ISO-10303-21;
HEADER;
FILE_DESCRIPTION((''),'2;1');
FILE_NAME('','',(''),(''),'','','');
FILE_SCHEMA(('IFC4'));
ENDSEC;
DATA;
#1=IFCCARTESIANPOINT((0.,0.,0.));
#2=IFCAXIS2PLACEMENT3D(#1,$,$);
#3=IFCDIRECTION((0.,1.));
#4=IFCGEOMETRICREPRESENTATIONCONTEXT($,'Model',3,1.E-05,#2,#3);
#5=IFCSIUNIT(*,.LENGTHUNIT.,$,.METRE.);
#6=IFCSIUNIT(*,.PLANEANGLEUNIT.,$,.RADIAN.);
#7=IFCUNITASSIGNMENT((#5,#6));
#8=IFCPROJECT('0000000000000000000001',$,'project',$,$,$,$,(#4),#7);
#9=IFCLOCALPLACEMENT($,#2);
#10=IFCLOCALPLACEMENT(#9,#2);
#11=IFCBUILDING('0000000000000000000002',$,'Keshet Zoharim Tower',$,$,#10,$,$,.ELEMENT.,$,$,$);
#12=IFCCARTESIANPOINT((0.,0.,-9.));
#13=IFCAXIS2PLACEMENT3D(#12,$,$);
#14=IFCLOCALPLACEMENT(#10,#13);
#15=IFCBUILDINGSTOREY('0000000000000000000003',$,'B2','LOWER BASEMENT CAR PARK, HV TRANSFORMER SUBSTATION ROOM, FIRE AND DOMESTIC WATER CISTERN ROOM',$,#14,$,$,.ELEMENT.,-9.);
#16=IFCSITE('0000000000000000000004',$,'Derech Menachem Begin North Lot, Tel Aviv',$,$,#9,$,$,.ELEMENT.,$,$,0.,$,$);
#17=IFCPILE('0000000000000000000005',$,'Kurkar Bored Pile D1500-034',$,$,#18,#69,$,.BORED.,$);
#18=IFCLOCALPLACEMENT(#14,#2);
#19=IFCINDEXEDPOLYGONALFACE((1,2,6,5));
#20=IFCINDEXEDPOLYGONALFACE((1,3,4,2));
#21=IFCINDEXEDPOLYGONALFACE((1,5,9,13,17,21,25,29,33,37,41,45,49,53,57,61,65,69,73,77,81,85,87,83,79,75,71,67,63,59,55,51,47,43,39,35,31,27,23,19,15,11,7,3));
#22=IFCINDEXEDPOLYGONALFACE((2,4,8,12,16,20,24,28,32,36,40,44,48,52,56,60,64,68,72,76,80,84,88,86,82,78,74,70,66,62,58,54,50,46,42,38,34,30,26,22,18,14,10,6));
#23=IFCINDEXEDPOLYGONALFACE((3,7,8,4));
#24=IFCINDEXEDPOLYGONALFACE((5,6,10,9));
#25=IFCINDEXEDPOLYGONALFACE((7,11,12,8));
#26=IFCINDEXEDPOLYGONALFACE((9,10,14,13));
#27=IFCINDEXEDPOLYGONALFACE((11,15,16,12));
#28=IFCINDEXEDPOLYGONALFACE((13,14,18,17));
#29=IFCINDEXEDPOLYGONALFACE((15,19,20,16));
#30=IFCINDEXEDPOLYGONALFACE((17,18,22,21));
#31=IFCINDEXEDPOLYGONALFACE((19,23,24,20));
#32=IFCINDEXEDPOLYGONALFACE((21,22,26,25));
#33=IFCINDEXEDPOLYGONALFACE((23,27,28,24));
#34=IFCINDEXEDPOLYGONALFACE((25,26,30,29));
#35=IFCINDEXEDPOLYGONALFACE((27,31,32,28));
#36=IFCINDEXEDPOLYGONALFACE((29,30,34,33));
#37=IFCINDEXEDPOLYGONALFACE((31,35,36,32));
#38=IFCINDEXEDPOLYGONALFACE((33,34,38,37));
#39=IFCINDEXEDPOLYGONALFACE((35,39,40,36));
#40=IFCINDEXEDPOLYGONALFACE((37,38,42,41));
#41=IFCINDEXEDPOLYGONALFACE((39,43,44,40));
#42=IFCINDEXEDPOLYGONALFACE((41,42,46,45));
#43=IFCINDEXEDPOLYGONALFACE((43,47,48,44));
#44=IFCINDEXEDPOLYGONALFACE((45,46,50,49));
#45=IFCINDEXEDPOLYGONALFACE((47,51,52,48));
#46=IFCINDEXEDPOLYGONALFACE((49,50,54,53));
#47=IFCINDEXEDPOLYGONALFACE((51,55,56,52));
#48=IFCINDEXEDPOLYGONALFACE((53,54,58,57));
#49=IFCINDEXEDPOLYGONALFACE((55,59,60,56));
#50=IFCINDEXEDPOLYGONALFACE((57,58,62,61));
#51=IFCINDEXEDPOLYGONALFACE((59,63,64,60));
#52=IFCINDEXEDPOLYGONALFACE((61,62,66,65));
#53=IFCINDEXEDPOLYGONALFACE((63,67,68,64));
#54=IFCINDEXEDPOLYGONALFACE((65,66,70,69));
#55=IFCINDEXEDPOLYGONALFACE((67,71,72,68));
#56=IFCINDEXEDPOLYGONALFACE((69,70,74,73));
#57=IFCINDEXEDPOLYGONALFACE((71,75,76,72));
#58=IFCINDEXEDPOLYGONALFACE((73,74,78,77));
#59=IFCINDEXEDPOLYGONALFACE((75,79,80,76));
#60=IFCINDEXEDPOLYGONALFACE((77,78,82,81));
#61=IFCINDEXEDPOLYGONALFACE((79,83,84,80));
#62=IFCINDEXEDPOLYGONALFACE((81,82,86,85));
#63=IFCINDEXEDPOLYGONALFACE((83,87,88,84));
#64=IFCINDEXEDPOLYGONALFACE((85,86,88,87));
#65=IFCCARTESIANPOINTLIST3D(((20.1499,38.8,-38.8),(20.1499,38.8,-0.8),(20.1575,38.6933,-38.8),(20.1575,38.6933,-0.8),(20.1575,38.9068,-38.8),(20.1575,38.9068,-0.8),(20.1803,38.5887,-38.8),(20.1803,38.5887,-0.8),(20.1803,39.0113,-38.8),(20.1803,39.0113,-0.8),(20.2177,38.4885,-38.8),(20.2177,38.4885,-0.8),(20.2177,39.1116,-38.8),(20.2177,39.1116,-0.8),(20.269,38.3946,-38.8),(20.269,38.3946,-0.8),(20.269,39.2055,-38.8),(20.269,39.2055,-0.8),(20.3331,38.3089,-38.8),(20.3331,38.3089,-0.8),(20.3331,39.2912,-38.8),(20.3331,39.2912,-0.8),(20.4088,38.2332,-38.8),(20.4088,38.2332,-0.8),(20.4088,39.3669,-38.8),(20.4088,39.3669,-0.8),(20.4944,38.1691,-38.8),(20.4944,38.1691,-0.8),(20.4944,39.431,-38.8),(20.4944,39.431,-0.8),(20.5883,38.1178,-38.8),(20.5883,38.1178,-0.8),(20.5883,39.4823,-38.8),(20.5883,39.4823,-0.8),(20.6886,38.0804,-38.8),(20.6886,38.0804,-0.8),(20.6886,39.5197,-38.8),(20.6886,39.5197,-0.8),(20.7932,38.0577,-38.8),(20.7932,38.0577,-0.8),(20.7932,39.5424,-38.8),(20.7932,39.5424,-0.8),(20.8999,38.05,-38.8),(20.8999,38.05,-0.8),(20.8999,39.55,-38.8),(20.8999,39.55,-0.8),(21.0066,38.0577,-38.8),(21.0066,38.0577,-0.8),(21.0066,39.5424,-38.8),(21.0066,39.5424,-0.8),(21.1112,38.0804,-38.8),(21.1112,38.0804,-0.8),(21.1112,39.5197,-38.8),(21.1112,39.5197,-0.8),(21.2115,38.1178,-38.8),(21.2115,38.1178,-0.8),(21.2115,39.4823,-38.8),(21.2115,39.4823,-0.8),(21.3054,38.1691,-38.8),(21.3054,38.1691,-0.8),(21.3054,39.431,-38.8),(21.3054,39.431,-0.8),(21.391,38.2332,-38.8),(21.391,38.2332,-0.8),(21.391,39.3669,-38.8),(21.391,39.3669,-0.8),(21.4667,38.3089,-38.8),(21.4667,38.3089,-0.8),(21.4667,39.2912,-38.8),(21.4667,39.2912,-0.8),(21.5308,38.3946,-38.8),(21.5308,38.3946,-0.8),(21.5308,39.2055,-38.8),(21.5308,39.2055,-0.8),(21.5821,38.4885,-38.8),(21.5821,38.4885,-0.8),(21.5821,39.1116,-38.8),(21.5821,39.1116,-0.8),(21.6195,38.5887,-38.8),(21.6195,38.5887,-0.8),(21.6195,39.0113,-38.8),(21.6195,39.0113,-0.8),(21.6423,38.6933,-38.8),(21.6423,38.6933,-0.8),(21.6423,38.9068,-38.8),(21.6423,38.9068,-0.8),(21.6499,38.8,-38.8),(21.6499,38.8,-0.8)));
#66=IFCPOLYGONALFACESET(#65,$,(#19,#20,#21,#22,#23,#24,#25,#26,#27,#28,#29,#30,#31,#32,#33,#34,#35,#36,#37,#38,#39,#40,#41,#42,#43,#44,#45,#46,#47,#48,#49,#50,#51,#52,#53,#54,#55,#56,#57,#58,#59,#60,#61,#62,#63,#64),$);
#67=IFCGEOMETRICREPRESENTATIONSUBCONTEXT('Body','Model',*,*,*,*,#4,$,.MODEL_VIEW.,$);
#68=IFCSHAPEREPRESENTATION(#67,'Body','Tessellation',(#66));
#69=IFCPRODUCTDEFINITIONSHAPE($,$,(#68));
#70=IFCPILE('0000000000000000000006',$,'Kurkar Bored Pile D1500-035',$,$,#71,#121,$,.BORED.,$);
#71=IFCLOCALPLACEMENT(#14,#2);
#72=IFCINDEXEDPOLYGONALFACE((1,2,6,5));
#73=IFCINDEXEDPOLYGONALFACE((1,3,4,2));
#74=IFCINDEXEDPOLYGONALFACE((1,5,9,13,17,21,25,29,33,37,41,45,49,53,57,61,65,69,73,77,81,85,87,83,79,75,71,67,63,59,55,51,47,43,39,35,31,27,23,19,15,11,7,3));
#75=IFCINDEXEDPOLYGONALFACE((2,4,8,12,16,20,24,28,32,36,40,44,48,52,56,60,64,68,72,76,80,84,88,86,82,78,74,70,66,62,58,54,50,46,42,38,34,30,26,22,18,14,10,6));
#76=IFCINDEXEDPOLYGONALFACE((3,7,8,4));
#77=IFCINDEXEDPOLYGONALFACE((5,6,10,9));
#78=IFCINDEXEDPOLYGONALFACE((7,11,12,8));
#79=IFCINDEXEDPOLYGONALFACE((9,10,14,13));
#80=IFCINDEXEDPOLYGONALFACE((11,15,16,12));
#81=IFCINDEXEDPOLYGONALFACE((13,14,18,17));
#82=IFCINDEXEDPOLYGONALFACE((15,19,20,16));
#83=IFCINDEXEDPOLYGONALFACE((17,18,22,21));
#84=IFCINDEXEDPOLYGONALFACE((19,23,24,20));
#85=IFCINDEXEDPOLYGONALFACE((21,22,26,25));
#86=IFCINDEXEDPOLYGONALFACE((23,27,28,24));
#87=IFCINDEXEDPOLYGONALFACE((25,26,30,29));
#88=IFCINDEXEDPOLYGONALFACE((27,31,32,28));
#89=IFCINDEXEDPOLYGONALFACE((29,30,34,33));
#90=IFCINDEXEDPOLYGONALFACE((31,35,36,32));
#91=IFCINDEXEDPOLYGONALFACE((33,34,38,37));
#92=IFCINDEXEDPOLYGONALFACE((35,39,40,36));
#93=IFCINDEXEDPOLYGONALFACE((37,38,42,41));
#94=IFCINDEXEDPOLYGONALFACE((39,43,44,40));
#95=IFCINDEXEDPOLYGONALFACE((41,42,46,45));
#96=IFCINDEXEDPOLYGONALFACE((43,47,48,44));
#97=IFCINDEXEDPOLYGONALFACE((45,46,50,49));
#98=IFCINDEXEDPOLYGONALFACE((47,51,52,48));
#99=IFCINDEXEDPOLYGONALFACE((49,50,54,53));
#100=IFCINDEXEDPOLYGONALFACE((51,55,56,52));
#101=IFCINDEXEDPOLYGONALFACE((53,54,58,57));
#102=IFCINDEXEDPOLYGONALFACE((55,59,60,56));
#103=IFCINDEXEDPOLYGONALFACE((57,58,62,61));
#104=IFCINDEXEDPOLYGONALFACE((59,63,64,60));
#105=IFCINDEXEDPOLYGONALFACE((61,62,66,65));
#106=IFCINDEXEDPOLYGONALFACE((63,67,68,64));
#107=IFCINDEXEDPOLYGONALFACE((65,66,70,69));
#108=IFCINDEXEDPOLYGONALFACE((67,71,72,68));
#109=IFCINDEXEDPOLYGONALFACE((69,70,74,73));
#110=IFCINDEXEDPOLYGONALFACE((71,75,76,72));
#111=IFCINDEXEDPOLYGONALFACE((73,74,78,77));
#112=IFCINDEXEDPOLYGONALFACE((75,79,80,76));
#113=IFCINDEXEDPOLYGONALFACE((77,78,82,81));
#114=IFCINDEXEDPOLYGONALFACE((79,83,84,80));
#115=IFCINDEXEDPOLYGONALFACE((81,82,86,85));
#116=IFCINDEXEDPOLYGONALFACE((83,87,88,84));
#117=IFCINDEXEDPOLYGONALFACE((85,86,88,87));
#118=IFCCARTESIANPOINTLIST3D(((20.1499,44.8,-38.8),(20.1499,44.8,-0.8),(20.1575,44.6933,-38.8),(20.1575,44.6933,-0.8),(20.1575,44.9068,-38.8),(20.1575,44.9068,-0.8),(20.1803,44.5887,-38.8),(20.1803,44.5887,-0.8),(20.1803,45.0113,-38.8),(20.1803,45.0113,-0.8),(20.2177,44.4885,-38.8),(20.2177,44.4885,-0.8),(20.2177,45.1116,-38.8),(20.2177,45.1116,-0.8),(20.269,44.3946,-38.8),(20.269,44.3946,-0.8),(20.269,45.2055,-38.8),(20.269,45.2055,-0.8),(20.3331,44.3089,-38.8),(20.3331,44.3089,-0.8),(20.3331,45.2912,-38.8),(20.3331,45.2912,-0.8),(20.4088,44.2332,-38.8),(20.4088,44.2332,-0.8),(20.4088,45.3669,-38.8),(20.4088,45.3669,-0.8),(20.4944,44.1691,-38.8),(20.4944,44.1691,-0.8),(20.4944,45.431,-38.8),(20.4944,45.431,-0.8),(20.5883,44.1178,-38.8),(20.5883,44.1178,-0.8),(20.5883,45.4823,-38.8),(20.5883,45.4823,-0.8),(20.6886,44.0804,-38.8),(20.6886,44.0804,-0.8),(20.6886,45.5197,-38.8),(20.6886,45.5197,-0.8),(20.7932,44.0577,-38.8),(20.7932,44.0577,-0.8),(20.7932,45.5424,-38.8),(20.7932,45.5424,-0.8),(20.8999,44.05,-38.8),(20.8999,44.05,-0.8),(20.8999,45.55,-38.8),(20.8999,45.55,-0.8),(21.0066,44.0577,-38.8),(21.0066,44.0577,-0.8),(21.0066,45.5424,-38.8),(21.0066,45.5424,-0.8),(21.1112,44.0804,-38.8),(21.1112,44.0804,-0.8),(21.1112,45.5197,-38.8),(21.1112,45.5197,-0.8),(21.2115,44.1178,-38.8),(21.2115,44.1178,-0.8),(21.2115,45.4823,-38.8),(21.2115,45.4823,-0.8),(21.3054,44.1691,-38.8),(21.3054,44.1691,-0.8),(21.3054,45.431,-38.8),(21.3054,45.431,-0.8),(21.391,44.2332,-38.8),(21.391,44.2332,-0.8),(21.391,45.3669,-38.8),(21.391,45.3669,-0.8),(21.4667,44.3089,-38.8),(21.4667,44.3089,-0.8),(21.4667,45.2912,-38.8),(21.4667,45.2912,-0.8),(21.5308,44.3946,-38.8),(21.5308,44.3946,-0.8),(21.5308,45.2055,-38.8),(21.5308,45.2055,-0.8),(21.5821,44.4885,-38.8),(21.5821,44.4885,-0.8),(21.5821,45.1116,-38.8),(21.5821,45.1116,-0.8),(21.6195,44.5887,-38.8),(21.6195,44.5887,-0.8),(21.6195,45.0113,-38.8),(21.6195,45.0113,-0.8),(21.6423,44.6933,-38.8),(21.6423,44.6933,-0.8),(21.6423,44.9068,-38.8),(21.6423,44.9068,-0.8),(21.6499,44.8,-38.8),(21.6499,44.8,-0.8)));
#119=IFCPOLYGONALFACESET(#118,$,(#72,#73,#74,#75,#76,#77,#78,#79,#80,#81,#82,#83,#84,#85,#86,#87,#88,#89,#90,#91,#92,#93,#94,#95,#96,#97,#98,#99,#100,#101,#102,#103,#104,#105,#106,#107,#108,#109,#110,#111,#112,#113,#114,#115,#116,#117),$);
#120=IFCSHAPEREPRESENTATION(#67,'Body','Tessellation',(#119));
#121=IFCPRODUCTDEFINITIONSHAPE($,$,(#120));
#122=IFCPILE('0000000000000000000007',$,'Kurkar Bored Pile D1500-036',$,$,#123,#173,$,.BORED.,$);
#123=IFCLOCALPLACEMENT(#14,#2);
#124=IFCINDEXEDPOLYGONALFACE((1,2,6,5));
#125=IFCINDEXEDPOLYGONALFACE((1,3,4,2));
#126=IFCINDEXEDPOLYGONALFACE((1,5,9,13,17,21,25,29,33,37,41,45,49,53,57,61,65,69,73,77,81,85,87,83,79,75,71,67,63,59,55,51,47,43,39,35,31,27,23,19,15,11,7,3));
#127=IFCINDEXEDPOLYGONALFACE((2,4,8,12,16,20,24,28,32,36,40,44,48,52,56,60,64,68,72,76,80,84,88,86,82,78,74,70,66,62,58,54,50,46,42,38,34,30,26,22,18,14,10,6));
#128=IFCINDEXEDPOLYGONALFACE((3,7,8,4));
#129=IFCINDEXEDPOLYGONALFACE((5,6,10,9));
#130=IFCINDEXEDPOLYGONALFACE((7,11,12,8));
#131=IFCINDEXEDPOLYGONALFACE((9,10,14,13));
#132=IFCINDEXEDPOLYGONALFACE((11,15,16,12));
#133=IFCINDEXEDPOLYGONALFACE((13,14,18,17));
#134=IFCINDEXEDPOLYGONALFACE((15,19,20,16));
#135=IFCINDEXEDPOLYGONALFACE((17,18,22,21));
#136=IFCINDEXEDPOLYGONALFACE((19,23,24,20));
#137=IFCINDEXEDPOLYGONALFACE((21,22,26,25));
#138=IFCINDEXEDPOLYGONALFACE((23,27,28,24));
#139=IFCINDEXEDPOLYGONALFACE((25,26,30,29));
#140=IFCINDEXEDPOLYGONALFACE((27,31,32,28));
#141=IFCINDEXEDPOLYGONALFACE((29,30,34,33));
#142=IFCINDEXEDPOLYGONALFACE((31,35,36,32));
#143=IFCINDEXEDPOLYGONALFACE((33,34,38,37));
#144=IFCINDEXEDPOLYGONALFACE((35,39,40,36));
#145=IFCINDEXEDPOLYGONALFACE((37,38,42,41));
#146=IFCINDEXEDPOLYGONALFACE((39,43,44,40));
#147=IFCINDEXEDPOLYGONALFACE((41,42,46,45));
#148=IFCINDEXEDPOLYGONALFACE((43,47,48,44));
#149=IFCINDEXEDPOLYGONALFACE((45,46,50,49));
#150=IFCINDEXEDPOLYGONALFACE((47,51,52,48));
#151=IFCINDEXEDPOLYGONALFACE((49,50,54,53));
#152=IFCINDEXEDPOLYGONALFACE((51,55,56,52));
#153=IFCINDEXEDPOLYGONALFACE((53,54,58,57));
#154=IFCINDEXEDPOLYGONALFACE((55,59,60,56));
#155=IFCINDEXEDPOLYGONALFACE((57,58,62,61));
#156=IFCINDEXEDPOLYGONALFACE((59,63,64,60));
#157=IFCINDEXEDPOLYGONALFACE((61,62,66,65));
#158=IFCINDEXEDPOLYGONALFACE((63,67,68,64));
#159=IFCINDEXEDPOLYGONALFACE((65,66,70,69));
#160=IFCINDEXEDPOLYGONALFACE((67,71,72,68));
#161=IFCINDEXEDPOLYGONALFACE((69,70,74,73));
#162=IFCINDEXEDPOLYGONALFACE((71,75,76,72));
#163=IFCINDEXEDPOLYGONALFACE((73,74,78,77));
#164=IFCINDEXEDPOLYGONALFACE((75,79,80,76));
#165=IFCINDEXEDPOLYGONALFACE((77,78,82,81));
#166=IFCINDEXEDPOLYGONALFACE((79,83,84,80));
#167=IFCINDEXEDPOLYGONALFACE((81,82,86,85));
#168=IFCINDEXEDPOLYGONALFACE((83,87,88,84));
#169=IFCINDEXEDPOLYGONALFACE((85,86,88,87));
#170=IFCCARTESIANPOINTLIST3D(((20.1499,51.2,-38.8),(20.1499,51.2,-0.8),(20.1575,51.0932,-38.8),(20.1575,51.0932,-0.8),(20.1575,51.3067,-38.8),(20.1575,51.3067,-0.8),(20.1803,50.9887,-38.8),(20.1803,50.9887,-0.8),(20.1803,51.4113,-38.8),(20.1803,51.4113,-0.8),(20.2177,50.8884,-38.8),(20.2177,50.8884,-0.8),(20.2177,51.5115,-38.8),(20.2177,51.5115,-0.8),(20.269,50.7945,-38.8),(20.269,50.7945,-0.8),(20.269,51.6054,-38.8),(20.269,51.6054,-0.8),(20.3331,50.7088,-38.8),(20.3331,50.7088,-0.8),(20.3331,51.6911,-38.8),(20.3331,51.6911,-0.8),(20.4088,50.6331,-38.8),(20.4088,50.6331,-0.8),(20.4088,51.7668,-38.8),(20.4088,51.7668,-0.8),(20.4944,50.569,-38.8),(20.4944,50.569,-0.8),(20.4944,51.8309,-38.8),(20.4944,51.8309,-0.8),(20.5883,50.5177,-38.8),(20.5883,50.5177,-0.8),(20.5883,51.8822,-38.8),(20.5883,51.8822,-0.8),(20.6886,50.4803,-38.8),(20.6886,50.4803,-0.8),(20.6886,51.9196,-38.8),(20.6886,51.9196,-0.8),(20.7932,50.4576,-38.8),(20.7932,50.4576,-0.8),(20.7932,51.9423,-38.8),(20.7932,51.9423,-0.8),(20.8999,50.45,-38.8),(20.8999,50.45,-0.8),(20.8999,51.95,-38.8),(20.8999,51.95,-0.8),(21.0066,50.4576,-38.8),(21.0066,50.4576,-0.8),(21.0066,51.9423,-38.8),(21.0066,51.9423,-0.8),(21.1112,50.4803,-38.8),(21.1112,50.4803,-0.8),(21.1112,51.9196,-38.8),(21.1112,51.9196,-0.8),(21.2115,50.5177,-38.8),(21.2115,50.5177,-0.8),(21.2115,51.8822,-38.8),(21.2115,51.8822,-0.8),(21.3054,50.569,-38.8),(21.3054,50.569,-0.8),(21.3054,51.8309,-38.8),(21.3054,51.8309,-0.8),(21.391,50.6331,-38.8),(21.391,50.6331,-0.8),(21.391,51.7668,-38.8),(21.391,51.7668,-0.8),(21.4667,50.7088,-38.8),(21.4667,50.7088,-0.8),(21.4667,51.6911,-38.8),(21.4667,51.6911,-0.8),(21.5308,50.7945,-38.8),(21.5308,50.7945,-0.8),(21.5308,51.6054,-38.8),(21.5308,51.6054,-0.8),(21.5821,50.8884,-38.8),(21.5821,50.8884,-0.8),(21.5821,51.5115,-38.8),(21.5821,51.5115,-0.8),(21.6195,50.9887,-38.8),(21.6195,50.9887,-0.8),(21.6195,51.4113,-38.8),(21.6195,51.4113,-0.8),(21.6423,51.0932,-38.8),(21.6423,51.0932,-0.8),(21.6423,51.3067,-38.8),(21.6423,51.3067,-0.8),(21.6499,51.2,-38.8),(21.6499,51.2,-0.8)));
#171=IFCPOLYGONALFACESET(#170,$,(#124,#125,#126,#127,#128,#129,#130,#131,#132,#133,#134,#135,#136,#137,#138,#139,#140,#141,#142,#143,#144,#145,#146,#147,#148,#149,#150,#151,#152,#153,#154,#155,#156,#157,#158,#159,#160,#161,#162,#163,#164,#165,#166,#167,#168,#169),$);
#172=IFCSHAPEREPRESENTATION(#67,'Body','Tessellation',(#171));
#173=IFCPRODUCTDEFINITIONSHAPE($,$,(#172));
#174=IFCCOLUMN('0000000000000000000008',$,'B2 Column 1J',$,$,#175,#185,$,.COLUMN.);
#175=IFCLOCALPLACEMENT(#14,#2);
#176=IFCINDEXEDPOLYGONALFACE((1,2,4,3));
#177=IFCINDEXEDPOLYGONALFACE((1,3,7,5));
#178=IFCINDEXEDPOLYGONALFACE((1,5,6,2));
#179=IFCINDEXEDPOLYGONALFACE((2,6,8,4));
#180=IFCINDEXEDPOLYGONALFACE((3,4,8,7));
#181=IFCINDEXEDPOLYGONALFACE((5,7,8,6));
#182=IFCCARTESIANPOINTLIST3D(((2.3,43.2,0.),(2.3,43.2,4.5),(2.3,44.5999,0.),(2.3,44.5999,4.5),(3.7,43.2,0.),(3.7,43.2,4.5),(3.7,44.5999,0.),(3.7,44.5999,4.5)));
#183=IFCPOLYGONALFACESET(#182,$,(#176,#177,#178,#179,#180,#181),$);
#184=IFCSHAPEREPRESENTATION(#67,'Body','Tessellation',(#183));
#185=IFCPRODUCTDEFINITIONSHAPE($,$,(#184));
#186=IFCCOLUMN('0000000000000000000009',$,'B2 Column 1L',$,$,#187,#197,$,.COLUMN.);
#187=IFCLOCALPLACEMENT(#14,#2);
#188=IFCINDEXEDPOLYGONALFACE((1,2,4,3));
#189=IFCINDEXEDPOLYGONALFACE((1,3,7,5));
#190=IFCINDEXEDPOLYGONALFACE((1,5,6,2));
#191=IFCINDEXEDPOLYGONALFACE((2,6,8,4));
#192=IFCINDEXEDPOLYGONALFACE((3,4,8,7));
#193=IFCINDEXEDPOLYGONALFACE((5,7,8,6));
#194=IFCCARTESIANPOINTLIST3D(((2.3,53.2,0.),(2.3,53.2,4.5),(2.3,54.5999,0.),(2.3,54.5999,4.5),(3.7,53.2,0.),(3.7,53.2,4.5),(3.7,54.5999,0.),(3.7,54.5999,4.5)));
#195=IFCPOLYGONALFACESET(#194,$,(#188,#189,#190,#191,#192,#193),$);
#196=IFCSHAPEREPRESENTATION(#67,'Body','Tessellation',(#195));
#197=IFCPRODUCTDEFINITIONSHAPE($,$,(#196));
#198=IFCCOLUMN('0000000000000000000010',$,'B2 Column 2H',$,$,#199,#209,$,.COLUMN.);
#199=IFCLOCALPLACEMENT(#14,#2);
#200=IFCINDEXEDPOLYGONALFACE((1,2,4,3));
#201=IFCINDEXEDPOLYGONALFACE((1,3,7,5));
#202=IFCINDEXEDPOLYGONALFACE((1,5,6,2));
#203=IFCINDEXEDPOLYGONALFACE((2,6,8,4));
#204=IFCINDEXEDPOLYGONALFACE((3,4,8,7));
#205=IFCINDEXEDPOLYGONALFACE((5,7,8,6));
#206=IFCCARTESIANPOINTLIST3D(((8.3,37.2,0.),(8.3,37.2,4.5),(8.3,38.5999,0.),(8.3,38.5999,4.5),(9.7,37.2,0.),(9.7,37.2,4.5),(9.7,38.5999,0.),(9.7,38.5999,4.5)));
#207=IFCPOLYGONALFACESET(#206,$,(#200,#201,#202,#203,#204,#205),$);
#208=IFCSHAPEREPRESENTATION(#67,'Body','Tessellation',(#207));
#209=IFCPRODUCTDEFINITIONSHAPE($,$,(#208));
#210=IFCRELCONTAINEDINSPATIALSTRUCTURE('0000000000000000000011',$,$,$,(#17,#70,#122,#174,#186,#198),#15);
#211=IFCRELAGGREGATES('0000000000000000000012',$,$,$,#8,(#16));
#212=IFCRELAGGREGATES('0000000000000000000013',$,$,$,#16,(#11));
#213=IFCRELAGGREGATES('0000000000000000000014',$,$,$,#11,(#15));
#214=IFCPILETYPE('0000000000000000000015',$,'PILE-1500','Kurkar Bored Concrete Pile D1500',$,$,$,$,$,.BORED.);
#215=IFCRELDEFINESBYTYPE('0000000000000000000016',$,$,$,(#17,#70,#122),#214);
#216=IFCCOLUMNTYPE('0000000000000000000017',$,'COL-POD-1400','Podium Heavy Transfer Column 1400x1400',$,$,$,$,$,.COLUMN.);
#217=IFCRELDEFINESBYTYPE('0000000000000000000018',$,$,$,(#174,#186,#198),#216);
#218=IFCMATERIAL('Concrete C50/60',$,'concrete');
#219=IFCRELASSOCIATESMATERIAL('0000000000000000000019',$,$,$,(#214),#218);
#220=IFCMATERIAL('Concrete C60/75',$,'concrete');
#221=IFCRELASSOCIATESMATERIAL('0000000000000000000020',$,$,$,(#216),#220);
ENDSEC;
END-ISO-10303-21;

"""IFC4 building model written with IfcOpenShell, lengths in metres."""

from ifc_helpers import new_model, si_unit, direction, frame, origin, origin_2d, place, context, subcontext, project, spatial, rectangle, circle, extrude, material, material_profile, profile_set, type_object, element, save


model = new_model("IFC4")

# Units and contexts
model_context = context("Model", 3, precision=1e-05, world=origin(), true_north=direction((0.0, 1.0)))
body_context = subcontext(model_context, "Body", "Model", "MODEL_VIEW")
ifc_project = project(units=[si_unit("LENGTHUNIT", "METRE"), si_unit("PLANEANGLEUNIT", "RADIAN")], contexts=[model_context])

# Site, building, storey
site_placement = place(None, origin())
site = spatial("IfcSite", under=ifc_project, at=site_placement, Name="Derech Menachem Begin North Lot, Tel Aviv", CompositionType="ELEMENT", RefElevation=0.0)
building_placement = place(site_placement, origin())
building = spatial("IfcBuilding", under=site, at=building_placement, Name="Keshet Zoharim Tower", CompositionType="ELEMENT")
storey_placement = place(building_placement, frame((0.0, 0.0, -9.0)))
storey = spatial("IfcBuildingStorey", under=building, at=storey_placement, Name="B2", Description="LOWER BASEMENT CAR PARK, HV TRANSFORMER SUBSTATION ROOM, FIRE AND DOMESTIC WATER CISTERN ROOM", CompositionType="ELEMENT", Elevation=-9.0)

# Piles
ifc_material_1 = material(Name="Concrete C50/60", Category="concrete")
ifc_material_profile_1 = material_profile(ifc_material_1, circle(Radius=0.75, at=origin_2d()), Name="PILE-D1500")
ifc_profile_set_1 = profile_set([ifc_material_profile_1], Name="Concrete C50/60")
pile_type = type_object("IfcPileType", Name="PILE-1500", Description="Kurkar Bored Concrete Pile D1500", PredefinedType="BORED", material=ifc_profile_set_1)
for number, where, z_axis, x_axis, name in (
    (1, (20.8999, 38.8, -0.8), (0.0, 0.0, -1.0), (1.0, 0.0, 0.0), "Kurkar Bored Pile D1500-034"),
    (2, (20.8999, 44.8, -0.8), (0.0, 0.0, -1.0), (1.0, 0.0, 0.0), "Kurkar Bored Pile D1500-035"),
    (3, (20.8999, 51.2, -0.8), (0.0, 0.0, -1.0), (1.0, 0.0, 0.0), "Kurkar Bored Pile D1500-036"),
):
    element("IfcPile", number, at=place(storey_placement, frame(where, z_axis=z_axis, x_axis=x_axis)), inside=storey, type_object=pile_type, Name=name, PredefinedType="BORED", context=body_context, shape_type="SweptSolid", body=[
        extrude(circle(Radius=0.75, at=origin_2d()), origin(), (0.0, 0.0, 1.0), 38.0),
    ])

# Columns
ifc_material_2 = material(Name="Concrete C60/75", Category="concrete")
ifc_material_profile_2 = material_profile(ifc_material_2, rectangle(XDim=1.3999, YDim=1.3999, at=origin_2d()), Name="RC1400x1400")
ifc_profile_set_2 = profile_set([ifc_material_profile_2], Name="Concrete C60/75")
column_type_1 = type_object("IfcColumnType", Name="COL-POD-1400", Description="Podium Heavy Transfer Column 1400x1400", PredefinedType="COLUMN", material=ifc_profile_set_2)
for number, where, z_axis, x_axis, name in (
    (4, (3.0, 43.8999, 0.0), (0.0, 0.0, 1.0), (1.0, 0.0, 0.0), "B2 Column 1J"),
    (5, (3.0, 53.8999, 0.0), (0.0, 0.0, 1.0), (1.0, 0.0, 0.0), "B2 Column 1L"),
    (6, (9.0, 37.8999, 0.0), (0.0, 0.0, 1.0), (1.0, 0.0, 0.0), "B2 Column 2H"),
):
    element("IfcColumn", number, at=place(storey_placement, frame(where, z_axis=z_axis, x_axis=x_axis)), inside=storey, type_object=column_type_1, Name=name, PredefinedType="COLUMN", context=body_context, shape_type="SweptSolid", body=[
        extrude(rectangle(XDim=1.3999, YDim=1.3999, at=origin_2d()), origin(), (0.0, 0.0, 1.0), 4.5),
    ])

save(model, "model.ifc")
